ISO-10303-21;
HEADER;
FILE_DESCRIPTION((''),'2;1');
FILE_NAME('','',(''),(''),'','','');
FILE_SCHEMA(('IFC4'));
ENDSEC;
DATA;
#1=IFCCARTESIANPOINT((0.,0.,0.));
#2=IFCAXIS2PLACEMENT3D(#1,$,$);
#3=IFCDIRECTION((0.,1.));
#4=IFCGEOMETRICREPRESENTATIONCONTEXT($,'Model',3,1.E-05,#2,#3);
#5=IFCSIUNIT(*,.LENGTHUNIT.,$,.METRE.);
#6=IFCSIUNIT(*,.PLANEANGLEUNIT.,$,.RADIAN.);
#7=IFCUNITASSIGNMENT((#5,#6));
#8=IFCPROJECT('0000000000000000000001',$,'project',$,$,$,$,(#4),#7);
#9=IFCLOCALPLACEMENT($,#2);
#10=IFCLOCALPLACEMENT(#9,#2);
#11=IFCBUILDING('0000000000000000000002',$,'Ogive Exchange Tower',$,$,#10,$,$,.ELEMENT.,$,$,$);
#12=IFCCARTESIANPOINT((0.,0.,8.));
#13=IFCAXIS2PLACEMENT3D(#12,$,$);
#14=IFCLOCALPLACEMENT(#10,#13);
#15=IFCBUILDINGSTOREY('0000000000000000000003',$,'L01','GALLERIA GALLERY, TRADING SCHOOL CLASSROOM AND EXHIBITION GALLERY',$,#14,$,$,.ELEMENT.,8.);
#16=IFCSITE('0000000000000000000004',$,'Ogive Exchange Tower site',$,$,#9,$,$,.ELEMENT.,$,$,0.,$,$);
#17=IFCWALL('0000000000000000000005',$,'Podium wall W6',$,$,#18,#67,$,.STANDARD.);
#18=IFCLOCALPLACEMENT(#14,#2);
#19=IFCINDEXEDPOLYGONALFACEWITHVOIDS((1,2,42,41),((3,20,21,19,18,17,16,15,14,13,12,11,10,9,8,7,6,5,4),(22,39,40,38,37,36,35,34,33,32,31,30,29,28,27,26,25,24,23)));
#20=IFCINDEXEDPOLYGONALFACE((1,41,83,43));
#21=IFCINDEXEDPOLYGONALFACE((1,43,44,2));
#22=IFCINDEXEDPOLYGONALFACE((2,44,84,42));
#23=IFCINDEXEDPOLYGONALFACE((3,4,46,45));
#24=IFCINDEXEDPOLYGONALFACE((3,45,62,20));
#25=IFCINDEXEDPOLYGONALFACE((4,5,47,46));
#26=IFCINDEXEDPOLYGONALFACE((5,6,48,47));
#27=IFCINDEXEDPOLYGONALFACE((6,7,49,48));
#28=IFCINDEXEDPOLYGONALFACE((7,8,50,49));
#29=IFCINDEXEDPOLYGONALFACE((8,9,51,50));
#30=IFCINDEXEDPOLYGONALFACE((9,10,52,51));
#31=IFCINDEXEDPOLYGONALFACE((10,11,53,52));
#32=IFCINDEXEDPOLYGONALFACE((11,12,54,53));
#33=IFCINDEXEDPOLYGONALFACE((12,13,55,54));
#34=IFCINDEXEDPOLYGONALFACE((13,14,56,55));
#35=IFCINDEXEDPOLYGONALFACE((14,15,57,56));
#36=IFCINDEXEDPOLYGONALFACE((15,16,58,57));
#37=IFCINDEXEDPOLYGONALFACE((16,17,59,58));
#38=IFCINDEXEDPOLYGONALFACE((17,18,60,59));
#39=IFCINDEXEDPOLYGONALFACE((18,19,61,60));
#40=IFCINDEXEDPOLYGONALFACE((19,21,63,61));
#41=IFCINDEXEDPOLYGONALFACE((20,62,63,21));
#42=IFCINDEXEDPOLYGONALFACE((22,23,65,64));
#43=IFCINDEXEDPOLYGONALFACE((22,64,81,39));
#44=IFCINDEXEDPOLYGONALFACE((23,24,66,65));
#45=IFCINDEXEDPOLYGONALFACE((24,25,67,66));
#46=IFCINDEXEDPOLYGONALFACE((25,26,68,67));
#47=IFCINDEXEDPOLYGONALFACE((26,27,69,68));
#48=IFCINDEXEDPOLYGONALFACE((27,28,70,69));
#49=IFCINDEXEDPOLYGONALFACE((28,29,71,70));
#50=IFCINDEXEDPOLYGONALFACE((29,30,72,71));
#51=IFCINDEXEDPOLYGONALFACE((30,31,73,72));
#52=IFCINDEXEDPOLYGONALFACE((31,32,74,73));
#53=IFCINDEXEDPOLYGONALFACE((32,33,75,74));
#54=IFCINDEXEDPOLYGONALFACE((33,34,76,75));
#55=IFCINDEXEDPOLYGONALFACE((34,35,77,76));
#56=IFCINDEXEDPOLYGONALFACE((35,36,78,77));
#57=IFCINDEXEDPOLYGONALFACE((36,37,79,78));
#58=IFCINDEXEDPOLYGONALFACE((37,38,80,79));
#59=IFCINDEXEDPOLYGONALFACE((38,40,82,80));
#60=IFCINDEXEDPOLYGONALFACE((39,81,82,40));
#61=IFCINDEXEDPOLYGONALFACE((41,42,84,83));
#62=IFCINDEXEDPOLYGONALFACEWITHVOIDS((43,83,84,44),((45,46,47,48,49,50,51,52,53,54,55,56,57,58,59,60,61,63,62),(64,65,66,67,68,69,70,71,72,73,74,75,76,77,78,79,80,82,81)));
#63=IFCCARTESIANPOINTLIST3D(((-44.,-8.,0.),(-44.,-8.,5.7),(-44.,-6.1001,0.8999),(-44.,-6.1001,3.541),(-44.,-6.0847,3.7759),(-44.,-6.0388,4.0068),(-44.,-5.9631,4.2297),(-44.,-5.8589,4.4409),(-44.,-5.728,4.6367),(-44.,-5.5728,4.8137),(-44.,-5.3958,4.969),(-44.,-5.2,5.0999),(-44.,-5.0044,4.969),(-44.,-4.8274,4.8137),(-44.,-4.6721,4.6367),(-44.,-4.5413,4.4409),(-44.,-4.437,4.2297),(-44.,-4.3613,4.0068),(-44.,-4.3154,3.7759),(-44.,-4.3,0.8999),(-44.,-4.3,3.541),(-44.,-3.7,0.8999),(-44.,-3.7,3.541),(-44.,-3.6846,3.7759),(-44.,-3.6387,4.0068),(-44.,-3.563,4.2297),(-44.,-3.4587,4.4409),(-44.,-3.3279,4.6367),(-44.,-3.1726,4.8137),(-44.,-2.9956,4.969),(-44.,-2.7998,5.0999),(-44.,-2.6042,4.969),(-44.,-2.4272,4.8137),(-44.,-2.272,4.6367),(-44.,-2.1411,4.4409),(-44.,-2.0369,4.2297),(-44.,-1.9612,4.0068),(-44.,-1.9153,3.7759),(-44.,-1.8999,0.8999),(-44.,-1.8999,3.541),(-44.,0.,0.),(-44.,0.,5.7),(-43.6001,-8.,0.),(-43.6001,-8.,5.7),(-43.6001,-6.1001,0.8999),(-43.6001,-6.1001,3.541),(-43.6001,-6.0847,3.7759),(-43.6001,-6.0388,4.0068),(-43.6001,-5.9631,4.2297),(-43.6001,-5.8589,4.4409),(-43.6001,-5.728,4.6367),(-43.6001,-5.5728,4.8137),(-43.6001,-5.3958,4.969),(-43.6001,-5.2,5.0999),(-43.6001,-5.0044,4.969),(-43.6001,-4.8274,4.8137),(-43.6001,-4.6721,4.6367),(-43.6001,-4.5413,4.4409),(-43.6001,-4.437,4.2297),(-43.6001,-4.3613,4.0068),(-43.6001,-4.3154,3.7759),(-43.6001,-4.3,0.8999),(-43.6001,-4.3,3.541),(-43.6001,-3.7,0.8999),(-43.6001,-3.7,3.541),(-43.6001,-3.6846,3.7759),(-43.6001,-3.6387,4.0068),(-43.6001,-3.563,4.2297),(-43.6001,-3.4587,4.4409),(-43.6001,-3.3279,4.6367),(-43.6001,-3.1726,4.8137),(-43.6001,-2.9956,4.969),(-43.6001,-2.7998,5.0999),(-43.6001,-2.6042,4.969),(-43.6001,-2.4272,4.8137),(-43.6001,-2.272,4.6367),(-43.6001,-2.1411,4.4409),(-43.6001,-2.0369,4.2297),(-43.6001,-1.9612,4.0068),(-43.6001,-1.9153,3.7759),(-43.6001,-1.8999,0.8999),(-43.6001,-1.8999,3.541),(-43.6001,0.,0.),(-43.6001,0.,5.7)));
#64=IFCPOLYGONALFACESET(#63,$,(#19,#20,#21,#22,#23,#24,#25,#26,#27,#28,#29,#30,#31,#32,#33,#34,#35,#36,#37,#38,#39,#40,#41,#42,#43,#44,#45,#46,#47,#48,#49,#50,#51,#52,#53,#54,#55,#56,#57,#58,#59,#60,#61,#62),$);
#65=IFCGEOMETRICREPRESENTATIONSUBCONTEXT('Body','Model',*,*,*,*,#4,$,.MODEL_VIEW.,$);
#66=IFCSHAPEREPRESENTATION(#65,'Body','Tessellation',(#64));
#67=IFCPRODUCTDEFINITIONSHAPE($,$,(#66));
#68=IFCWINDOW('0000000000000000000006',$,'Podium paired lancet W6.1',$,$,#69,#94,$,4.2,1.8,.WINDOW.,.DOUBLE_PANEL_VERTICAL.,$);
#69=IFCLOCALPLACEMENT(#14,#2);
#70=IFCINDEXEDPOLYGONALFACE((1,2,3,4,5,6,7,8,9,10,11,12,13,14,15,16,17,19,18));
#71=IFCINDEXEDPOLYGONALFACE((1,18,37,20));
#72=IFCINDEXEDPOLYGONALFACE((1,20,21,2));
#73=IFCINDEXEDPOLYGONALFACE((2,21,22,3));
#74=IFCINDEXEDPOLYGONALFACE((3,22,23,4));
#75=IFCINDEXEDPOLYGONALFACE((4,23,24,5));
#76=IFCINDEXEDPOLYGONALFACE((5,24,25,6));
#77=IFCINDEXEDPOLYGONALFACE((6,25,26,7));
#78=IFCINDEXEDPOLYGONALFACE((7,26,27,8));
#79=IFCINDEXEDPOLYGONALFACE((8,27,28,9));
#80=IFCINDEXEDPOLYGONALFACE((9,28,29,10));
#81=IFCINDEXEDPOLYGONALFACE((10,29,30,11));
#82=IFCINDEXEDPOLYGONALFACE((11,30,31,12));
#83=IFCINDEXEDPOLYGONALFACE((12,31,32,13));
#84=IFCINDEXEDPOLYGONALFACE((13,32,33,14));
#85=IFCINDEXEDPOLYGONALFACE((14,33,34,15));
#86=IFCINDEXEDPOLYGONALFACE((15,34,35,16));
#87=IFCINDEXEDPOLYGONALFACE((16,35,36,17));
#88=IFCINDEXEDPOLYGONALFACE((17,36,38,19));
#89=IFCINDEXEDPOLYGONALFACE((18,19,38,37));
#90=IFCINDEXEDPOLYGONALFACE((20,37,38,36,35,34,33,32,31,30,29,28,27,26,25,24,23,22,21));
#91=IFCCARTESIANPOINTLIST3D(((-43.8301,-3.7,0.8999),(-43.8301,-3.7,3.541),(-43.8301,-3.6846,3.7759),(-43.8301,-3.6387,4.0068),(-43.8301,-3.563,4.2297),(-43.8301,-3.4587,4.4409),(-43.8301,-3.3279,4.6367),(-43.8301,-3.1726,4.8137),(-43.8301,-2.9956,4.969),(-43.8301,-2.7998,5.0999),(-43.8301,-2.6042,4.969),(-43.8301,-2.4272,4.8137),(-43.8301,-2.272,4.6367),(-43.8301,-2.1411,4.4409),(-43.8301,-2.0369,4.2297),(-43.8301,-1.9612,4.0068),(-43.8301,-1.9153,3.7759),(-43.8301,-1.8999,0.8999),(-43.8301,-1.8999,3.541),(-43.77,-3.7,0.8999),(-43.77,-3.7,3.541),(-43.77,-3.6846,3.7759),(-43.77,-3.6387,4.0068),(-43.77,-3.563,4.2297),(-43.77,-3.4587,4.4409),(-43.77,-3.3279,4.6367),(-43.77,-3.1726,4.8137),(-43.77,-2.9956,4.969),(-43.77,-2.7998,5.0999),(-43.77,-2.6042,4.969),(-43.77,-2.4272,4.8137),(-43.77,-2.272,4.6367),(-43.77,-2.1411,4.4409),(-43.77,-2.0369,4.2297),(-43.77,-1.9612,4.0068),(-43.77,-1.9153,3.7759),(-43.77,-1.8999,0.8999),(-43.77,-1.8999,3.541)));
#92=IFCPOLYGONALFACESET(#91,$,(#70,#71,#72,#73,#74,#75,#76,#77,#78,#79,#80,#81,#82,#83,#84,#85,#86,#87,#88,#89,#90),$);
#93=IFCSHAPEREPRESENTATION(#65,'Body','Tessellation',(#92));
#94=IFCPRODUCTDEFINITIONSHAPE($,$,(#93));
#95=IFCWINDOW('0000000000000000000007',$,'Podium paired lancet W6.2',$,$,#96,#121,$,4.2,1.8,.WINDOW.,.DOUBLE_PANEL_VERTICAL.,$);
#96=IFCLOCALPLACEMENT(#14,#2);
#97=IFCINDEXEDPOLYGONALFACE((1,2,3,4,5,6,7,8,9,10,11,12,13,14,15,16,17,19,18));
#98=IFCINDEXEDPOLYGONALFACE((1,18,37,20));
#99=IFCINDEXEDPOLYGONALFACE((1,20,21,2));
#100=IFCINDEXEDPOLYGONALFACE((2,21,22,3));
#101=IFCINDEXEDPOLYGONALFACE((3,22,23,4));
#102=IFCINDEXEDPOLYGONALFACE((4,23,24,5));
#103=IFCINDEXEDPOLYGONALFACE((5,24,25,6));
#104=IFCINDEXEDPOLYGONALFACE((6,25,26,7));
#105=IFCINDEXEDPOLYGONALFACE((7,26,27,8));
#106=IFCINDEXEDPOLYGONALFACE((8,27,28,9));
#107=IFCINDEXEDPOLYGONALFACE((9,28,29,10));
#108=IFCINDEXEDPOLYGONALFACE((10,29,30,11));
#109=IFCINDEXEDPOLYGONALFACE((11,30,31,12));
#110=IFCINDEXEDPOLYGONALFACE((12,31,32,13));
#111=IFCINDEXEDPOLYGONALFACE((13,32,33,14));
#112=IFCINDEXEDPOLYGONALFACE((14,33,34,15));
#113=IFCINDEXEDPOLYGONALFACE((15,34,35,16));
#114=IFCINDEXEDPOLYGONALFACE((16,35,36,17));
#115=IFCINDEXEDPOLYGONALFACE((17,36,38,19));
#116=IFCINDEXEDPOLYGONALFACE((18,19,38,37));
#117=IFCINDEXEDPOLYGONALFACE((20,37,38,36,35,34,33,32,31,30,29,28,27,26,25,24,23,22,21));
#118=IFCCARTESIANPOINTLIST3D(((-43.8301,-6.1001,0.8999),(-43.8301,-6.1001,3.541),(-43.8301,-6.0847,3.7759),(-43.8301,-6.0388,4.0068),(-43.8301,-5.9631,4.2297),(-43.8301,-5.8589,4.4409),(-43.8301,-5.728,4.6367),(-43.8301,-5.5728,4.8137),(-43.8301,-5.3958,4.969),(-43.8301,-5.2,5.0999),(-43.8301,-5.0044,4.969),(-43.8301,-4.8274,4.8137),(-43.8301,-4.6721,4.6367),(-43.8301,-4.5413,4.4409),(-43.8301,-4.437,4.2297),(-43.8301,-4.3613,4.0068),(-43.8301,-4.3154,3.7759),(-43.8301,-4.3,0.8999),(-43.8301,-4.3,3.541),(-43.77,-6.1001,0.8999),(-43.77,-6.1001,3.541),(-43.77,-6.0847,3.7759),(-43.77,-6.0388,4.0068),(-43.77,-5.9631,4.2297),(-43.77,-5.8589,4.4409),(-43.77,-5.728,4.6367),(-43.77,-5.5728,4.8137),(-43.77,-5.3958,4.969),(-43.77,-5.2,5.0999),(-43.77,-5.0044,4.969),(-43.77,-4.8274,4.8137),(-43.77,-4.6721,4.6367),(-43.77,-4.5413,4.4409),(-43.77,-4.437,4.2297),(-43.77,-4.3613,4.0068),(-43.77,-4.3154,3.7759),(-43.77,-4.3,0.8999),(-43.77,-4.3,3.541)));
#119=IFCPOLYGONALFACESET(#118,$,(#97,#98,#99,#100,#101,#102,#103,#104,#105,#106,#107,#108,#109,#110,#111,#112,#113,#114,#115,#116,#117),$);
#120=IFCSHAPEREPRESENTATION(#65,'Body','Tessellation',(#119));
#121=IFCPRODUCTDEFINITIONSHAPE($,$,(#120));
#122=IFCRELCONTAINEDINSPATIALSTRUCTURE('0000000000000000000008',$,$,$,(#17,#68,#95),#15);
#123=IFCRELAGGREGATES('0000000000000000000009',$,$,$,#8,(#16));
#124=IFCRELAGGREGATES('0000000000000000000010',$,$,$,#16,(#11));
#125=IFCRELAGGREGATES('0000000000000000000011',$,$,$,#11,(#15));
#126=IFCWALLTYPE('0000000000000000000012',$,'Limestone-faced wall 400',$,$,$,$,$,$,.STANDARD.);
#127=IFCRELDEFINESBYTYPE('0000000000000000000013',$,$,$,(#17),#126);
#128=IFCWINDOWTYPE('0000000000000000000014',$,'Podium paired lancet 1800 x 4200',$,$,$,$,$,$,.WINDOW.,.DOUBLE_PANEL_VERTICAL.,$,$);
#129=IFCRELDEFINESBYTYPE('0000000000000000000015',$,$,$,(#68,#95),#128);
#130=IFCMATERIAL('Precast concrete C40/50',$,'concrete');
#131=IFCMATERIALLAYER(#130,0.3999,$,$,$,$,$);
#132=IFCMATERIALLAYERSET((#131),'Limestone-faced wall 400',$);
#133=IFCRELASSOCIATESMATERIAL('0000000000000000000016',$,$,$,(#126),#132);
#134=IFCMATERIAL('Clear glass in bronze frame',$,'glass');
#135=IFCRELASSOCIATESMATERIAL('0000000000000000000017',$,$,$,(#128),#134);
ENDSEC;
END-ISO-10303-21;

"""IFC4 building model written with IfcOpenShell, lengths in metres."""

from ifc_helpers import new_model, si_unit, direction, frame, frame_2d, origin, place, context, subcontext, project, spatial, polyline, rectangle, outline, extrude, material, layer, layer_set, type_object, element, fill, save


model = new_model("IFC4")

# Units and contexts
model_context = context("Model", 3, precision=1e-05, world=origin(), true_north=direction((0.0, 1.0)))
body_context = subcontext(model_context, "Body", "Model", "MODEL_VIEW")
ifc_project = project(units=[si_unit("LENGTHUNIT", "METRE"), si_unit("PLANEANGLEUNIT", "RADIAN")], contexts=[model_context])

# Site, building, storey
site_placement = place(None, origin())
site = spatial("IfcSite", under=ifc_project, at=site_placement, Name="Ogive Exchange Tower site", CompositionType="ELEMENT", RefElevation=0.0)
building_placement = place(site_placement, origin())
building = spatial("IfcBuilding", under=site, at=building_placement, Name="Ogive Exchange Tower", CompositionType="ELEMENT")
storey_placement = place(building_placement, frame((0.0, 0.0, 8.0)))
storey = spatial("IfcBuildingStorey", under=building, at=storey_placement, Name="L01", Description="GALLERIA GALLERY, TRADING SCHOOL CLASSROOM AND EXHIBITION GALLERY", CompositionType="ELEMENT", Elevation=8.0)

# Wall, openings, windows
ifc_material_1 = material(Name="Precast concrete C40/50", Category="concrete")
ifc_layer_1 = layer(ifc_material_1, 0.3999)
ifc_layer_set_1 = layer_set([ifc_layer_1], Name="Limestone-faced wall 400")
wall_type_1 = type_object("IfcWallType", Name="Limestone-faced wall 400", PredefinedType="STANDARD", material=ifc_layer_set_1)
wall_1_placement = place(storey_placement, frame((-43.8, 0.0, 0.0), z_axis=(0.0, 0.0, 1.0), x_axis=(0.0, -1.0, 0.0)))
wall_1 = element("IfcWall", 1, at=wall_1_placement, inside=storey, type_object=wall_type_1, Name="Podium wall W6", PredefinedType="STANDARD", context=body_context, shape_type="SweptSolid", body=[
    extrude(rectangle(XDim=8.0, YDim=0.3999, at=frame_2d((4.0, 0.0))), origin(), (0.0, 0.0, 1.0), 5.7),
])
opening_1_placement = place(wall_1_placement, frame((1.8999, 0.0, 0.8999)))
opening_1 = element("IfcOpeningElement", 2, at=opening_1_placement, cuts=wall_1, PredefinedType="OPENING", context=body_context, shape_type="SweptSolid", body=[
    extrude(outline(polyline([(0.0, 0.0), (1.8, 0.0), (1.8, 2.6411), (1.7847, 2.876), (1.7388, 3.1069), (1.6631, 3.3298), (1.5588, 3.541), (1.428, 3.7368), (1.2727, 3.9138), (1.0957, 4.0691), (0.8999, 4.2), (0.7043, 4.0691), (0.5273, 3.9138), (0.3721, 3.7368), (0.2412, 3.541), (0.137, 3.3298), (0.0613, 3.1069), (0.0154, 2.876), (0.0, 2.6411), (0.0, 0.0)])), frame((0.0, 0.21, 0.0), z_axis=(0.0, -1.0, 0.0), x_axis=(1.0, 0.0, 0.0)), (0.0, 0.0, 1.0), 0.4199),
])
opening_2_placement = place(wall_1_placement, frame((4.3, 0.0, 0.8999)))
opening_2 = element("IfcOpeningElement", 3, at=opening_2_placement, cuts=wall_1, PredefinedType="OPENING", context=body_context, shape_type="SweptSolid", body=[
    extrude(outline(polyline([(0.0, 0.0), (1.8, 0.0), (1.8, 2.6411), (1.7847, 2.876), (1.7388, 3.1069), (1.6631, 3.3298), (1.5588, 3.541), (1.428, 3.7368), (1.2727, 3.9138), (1.0957, 4.0691), (0.8999, 4.2), (0.7043, 4.0691), (0.5273, 3.9138), (0.3721, 3.7368), (0.2412, 3.541), (0.137, 3.3298), (0.0613, 3.1069), (0.0154, 2.876), (0.0, 2.6411), (0.0, 0.0)])), frame((0.0, 0.21, 0.0), z_axis=(0.0, -1.0, 0.0), x_axis=(1.0, 0.0, 0.0)), (0.0, 0.0, 1.0), 0.4199),
])
ifc_material_2 = material(Name="Clear glass in bronze frame", Category="glass")
window_type = type_object("IfcWindowType", Name="Podium paired lancet 1800 x 4200", PartitioningType="DOUBLE_PANEL_VERTICAL", PredefinedType="WINDOW", material=ifc_material_2)
window_1_placement = place(opening_1_placement, origin())
window_1 = element("IfcWindow", 4, at=window_1_placement, inside=storey, type_object=window_type, Name="Podium paired lancet W6.1", OverallHeight=4.2, OverallWidth=1.8, PartitioningType="DOUBLE_PANEL_VERTICAL", PredefinedType="WINDOW", context=body_context, shape_type="SweptSolid", body=[
    extrude(outline(polyline([(0.0, 0.0), (1.8, 0.0), (1.8, 2.6411), (1.7847, 2.876), (1.7388, 3.1069), (1.6631, 3.3298), (1.5588, 3.541), (1.428, 3.7368), (1.2727, 3.9138), (1.0957, 4.0691), (0.8999, 4.2), (0.7043, 4.0691), (0.5273, 3.9138), (0.3721, 3.7368), (0.2412, 3.541), (0.137, 3.3298), (0.0613, 3.1069), (0.0154, 2.876), (0.0, 2.6411), (0.0, 0.0)])), frame((0.0, 0.03, 0.0), z_axis=(0.0, -1.0, 0.0), x_axis=(1.0, 0.0, 0.0)), (0.0, 0.0, 1.0), 0.0601),
])
fill(opening_1, window_1)
window_2_placement = place(opening_2_placement, origin())
window_2 = element("IfcWindow", 5, at=window_2_placement, inside=storey, type_object=window_type, Name="Podium paired lancet W6.2", OverallHeight=4.2, OverallWidth=1.8, PartitioningType="DOUBLE_PANEL_VERTICAL", PredefinedType="WINDOW", context=body_context, shape_type="SweptSolid", body=[
    extrude(outline(polyline([(0.0, 0.0), (1.8, 0.0), (1.8, 2.6411), (1.7847, 2.876), (1.7388, 3.1069), (1.6631, 3.3298), (1.5588, 3.541), (1.428, 3.7368), (1.2727, 3.9138), (1.0957, 4.0691), (0.8999, 4.2), (0.7043, 4.0691), (0.5273, 3.9138), (0.3721, 3.7368), (0.2412, 3.541), (0.137, 3.3298), (0.0613, 3.1069), (0.0154, 2.876), (0.0, 2.6411), (0.0, 0.0)])), frame((0.0, 0.03, 0.0), z_axis=(0.0, -1.0, 0.0), x_axis=(1.0, 0.0, 0.0)), (0.0, 0.0, 1.0), 0.0601),
])
fill(opening_2, window_2)

save(model, "model.ifc")
